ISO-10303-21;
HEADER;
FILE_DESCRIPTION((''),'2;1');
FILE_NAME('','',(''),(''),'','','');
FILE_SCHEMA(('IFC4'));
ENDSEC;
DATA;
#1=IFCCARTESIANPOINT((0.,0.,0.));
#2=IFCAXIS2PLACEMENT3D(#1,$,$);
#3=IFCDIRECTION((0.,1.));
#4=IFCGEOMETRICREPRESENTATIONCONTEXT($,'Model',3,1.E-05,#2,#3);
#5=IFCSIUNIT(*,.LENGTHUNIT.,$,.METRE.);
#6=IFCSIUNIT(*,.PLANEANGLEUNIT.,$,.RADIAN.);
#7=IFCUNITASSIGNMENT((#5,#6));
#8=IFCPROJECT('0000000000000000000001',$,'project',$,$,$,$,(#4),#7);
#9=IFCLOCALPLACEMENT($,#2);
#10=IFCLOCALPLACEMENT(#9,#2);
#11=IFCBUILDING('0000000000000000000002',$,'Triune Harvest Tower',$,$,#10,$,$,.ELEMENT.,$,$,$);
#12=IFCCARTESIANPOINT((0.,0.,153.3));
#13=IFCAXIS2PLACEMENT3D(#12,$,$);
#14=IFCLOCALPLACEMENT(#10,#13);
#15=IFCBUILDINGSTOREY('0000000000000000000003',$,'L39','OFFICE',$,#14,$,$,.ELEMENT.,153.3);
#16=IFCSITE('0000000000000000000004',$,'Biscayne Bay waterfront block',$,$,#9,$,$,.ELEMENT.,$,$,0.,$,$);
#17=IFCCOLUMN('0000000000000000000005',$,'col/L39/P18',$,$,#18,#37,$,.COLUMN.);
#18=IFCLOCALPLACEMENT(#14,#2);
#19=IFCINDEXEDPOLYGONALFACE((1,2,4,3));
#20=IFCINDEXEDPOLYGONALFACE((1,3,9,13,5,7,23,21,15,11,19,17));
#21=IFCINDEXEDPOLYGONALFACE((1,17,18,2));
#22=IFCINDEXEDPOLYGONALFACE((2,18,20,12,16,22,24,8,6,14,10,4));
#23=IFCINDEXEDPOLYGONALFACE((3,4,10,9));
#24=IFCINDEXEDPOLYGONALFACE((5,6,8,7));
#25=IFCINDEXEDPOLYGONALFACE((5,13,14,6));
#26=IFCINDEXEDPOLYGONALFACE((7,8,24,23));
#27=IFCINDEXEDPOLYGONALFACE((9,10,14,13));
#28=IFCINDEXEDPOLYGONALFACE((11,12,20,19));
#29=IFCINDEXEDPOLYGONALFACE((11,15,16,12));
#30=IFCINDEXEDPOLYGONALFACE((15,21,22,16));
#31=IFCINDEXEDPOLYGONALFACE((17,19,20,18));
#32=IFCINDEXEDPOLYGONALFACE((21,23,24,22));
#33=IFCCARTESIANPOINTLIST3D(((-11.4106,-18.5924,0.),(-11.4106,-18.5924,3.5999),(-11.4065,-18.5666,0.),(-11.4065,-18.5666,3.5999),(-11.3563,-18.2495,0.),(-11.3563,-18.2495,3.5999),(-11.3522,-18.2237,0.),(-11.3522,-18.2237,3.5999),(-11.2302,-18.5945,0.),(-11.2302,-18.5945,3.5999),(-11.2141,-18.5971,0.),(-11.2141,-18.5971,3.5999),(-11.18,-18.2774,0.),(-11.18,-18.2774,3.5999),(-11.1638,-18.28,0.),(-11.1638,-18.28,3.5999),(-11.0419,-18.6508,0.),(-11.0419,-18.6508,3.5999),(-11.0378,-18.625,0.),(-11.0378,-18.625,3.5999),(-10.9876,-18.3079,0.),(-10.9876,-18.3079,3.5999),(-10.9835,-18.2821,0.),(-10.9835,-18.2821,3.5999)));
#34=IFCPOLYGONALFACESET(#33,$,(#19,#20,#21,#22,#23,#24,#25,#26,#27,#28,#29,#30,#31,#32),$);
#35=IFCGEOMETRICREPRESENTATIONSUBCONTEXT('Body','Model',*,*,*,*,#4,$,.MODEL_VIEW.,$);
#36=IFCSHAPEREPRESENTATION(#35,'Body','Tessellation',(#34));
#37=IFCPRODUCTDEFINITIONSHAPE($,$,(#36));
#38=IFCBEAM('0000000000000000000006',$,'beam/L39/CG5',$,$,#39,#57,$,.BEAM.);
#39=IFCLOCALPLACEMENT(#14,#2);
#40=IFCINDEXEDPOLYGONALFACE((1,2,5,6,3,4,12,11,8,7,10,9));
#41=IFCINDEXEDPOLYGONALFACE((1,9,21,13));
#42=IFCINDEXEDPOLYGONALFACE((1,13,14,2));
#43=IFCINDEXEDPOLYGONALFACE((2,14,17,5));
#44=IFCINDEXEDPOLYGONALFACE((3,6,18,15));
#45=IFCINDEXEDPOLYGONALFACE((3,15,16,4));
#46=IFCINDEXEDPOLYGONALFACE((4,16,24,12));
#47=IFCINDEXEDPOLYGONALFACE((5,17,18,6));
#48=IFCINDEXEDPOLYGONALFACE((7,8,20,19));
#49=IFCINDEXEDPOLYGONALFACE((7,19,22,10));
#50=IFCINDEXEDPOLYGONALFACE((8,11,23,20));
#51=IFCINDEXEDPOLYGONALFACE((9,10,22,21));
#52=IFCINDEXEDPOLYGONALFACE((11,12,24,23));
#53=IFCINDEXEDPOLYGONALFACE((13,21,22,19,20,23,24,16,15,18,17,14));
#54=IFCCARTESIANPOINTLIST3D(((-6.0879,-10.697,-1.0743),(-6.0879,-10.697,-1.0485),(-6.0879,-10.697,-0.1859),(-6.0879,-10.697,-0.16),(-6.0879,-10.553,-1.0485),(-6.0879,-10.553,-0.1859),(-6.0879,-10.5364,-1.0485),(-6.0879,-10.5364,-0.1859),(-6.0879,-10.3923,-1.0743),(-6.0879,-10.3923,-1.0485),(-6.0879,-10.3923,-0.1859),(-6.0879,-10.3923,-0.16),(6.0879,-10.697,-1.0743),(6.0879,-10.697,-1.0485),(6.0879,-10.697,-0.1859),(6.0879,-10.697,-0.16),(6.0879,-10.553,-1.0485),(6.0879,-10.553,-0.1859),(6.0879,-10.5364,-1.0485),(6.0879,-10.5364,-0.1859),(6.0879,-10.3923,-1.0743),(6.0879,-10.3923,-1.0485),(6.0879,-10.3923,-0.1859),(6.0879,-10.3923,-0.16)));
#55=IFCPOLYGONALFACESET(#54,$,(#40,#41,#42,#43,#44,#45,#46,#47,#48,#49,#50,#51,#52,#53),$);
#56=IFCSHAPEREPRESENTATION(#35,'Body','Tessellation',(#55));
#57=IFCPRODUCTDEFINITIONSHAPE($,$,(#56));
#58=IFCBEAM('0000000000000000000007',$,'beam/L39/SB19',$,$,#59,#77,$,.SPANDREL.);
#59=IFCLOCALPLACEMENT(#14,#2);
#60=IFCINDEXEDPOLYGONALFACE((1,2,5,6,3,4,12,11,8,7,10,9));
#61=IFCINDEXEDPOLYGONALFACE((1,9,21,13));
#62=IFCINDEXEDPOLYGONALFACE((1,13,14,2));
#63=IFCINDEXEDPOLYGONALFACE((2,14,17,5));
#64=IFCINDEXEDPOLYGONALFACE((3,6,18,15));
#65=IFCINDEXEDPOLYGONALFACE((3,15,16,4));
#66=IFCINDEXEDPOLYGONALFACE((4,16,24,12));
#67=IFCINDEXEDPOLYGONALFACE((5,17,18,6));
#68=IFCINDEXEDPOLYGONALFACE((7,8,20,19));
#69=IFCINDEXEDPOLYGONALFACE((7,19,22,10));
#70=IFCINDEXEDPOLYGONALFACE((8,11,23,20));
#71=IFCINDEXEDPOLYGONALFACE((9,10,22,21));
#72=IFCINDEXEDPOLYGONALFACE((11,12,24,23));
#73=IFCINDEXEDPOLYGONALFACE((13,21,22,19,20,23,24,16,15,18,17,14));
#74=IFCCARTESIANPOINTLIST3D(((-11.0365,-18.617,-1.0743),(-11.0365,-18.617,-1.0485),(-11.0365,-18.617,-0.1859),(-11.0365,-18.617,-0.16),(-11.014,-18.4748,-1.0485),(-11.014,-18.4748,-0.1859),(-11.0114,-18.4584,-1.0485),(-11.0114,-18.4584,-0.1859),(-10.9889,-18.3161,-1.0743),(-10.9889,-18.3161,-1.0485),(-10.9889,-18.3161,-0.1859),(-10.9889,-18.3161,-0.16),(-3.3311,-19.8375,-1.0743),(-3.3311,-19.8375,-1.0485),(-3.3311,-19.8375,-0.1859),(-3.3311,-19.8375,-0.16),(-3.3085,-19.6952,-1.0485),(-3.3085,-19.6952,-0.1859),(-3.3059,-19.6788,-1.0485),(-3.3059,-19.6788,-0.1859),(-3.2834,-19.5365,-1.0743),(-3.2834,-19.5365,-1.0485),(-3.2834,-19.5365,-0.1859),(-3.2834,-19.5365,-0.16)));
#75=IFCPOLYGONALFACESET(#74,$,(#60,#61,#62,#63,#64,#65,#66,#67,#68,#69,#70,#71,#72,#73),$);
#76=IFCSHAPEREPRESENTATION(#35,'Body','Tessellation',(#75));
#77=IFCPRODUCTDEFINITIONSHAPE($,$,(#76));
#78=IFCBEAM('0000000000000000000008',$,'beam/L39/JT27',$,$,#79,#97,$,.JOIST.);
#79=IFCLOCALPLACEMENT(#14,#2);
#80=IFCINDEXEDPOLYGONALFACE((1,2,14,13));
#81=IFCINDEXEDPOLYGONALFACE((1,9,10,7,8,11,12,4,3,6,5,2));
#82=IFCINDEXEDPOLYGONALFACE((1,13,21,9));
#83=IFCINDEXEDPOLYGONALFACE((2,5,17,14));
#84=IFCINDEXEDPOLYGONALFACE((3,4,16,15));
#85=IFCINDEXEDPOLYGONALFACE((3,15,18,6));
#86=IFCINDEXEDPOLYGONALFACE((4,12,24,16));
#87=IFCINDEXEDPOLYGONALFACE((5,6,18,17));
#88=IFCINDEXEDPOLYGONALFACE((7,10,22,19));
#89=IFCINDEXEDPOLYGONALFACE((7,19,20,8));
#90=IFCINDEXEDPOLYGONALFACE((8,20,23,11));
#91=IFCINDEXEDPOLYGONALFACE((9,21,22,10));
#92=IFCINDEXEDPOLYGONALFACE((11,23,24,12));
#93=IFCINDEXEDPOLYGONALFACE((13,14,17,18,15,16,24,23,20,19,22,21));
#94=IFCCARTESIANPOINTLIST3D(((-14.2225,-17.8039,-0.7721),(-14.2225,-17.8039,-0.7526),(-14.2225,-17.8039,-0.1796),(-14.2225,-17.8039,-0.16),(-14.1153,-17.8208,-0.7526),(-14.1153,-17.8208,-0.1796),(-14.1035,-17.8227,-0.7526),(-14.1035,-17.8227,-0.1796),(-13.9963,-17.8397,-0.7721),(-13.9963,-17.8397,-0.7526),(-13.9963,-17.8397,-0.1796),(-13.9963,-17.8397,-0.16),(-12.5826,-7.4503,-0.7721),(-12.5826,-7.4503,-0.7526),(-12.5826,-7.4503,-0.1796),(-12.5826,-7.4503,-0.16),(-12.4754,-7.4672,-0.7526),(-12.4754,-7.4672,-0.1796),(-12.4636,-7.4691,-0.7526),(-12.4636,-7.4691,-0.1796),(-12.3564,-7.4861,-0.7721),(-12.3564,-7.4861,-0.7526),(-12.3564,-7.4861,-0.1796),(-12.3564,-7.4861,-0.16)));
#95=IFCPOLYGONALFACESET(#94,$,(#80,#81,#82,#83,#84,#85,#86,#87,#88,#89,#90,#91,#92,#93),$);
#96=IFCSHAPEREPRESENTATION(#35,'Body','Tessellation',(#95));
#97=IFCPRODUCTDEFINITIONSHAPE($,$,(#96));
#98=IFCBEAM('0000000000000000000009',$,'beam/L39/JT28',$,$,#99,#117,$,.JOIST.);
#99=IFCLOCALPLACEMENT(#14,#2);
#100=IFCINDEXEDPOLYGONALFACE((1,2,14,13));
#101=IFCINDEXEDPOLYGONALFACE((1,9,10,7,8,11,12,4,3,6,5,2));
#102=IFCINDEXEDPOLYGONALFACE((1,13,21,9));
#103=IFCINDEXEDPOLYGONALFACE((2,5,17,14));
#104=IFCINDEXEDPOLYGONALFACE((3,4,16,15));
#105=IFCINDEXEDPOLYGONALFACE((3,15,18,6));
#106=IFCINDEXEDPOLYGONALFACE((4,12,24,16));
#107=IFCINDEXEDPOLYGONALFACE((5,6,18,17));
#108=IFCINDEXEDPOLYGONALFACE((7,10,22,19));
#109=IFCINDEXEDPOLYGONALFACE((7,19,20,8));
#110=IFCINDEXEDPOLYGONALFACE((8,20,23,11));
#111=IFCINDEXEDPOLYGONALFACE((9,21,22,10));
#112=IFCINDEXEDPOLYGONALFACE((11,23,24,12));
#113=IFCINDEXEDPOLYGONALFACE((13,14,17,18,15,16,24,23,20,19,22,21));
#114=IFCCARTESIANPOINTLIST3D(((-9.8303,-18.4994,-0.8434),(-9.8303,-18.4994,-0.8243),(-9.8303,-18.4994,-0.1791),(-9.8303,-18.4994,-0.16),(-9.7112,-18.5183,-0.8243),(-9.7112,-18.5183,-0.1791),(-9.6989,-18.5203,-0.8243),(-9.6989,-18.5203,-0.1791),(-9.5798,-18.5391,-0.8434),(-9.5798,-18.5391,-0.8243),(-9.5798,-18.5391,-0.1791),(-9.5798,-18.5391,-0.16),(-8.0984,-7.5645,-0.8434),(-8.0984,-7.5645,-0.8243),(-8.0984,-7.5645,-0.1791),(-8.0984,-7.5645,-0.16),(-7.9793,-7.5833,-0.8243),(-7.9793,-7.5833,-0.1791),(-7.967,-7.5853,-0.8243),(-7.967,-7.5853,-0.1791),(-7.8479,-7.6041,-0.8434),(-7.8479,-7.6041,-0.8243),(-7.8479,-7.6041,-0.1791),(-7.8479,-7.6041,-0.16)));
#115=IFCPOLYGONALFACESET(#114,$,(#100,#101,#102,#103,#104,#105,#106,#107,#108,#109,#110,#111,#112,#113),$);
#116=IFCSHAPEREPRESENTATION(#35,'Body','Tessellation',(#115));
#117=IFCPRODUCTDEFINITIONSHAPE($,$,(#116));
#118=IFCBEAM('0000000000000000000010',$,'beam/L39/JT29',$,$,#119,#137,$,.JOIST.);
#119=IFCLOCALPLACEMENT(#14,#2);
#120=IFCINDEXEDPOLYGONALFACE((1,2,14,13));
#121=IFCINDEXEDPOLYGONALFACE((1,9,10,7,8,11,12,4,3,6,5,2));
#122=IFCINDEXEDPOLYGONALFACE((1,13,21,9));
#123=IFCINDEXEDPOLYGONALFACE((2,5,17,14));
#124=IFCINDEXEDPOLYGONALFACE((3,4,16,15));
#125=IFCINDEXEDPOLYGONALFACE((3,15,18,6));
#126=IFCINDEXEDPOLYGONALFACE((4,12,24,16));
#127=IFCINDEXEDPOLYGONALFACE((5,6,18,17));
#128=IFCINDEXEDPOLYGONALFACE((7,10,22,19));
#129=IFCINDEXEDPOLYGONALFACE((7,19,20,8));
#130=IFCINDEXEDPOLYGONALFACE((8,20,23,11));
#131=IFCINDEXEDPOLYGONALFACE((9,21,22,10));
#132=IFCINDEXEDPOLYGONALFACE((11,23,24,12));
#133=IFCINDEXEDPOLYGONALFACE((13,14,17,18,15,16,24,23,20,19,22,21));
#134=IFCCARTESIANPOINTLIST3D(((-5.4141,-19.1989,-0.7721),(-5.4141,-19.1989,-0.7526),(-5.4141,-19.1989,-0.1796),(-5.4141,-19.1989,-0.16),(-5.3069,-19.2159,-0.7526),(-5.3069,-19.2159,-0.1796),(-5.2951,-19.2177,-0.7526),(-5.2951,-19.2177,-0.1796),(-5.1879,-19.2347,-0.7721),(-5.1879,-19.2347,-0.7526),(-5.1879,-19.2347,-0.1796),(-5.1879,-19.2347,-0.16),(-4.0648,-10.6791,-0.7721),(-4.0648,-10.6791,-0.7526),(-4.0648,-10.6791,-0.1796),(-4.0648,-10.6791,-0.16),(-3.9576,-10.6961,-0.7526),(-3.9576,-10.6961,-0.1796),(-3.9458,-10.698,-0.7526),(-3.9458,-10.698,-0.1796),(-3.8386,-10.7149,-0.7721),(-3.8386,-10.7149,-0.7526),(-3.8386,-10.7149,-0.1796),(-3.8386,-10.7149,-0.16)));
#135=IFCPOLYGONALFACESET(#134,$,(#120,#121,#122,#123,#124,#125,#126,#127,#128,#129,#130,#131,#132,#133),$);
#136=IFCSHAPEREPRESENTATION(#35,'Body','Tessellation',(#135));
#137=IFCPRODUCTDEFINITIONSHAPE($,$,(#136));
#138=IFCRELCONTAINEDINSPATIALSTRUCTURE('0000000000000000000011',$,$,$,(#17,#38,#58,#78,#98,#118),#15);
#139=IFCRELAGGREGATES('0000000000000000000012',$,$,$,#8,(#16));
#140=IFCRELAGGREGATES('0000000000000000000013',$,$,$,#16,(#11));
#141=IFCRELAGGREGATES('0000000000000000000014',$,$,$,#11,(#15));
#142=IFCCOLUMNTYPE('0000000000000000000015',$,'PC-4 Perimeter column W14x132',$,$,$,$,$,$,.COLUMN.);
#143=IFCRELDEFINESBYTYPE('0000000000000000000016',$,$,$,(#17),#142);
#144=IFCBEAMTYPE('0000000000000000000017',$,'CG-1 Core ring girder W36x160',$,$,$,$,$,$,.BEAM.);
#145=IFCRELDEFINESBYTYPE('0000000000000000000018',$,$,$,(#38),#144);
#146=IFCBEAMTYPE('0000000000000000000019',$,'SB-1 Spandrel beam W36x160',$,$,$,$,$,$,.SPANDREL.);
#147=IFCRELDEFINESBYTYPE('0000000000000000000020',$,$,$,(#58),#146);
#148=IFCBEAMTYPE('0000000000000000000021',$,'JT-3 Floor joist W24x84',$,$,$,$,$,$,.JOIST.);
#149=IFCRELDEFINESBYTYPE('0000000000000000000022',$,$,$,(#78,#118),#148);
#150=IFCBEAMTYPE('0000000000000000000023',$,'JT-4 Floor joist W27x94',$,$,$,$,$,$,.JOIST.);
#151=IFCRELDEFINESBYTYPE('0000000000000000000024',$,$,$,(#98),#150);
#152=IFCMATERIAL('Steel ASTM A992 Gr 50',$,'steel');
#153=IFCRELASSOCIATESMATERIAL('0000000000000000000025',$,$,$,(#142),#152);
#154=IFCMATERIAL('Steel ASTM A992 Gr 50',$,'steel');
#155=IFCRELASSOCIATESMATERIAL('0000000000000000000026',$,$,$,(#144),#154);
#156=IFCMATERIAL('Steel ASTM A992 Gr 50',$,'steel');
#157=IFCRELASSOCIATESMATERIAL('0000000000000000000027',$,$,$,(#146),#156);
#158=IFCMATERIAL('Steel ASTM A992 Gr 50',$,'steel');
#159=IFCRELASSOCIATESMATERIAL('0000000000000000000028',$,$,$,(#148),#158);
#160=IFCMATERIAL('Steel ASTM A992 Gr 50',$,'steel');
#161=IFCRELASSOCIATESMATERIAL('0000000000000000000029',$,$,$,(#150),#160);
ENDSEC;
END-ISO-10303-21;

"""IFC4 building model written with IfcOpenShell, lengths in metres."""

from ifc_helpers import new_model, si_unit, direction, frame, origin, origin_2d, place, context, subcontext, project, spatial, i_section, extrude, source, transform, mapped, material, material_profile, profile_set, type_object, element, save


model = new_model("IFC4")

# Units and contexts
model_context = context("Model", 3, precision=1e-05, world=origin(), true_north=direction((0.0, 1.0)))
body_context = subcontext(model_context, "Body", "Model", "MODEL_VIEW")
ifc_project = project(units=[si_unit("LENGTHUNIT", "METRE"), si_unit("PLANEANGLEUNIT", "RADIAN")], contexts=[model_context])

# Site, building, storey
site_placement = place(None, origin())
site = spatial("IfcSite", under=ifc_project, at=site_placement, Name="Biscayne Bay waterfront block", CompositionType="ELEMENT", RefElevation=0.0)
building_placement = place(site_placement, origin())
building = spatial("IfcBuilding", under=site, at=building_placement, Name="Triune Harvest Tower", CompositionType="ELEMENT")
storey_placement = place(building_placement, frame((0.0, 0.0, 153.3)))
storey = spatial("IfcBuildingStorey", under=building, at=storey_placement, Name="L39", Description="OFFICE", CompositionType="ELEMENT", Elevation=153.3)

# Column
ifc_material_1 = material(Name="Steel ASTM A992 Gr 50", Category="steel")
ifc_material_profile_1 = material_profile(ifc_material_1, i_section(OverallWidth=0.3733, OverallDepth=0.3733, WebThickness=0.0164, FlangeThickness=0.0261, at=origin_2d()), Name="W14x132")
ifc_profile_set_1 = profile_set([ifc_material_profile_1], Name="Steel ASTM A992 Gr 50")
column_type = type_object("IfcColumnType", Name="PC-4 Perimeter column W14x132", PredefinedType="COLUMN", material=ifc_profile_set_1)
shared_shape_1 = source(origin(), body_context, "Body", "SweptSolid", [
    extrude(i_section(OverallWidth=0.3733, OverallDepth=0.3733, WebThickness=0.0164, FlangeThickness=0.0261, at=origin_2d()), origin(), (0.0, 0.0, 1.0), 3.5999),
])
column_placement = place(storey_placement, frame((-11.197, -18.4373, 0.0), z_axis=(0.0, 0.0, 1.0), x_axis=(0.987688, -0.156434, 0.0)))
element("IfcColumn", 1, at=column_placement, inside=storey, type_object=column_type, Name="col/L39/P18", PredefinedType="COLUMN", context=body_context, shape_type="MappedRepresentation", body=[
    mapped(shared_shape_1, transform((0.0, 0.0, 0.0), scale=1.0)),
])

# Beams
ifc_material_2 = material(Name="Steel ASTM A992 Gr 50", Category="steel")
ifc_material_profile_2 = material_profile(ifc_material_2, i_section(OverallWidth=0.3047, OverallDepth=0.9143, WebThickness=0.0166, FlangeThickness=0.0259, at=origin_2d()), Name="W36x160")
ifc_profile_set_2 = profile_set([ifc_material_profile_2], Name="Steel ASTM A992 Gr 50")
beam_type_1 = type_object("IfcBeamType", Name="CG-1 Core ring girder W36x160", PredefinedType="BEAM", material=ifc_profile_set_2)
shared_shape_2 = source(origin(), body_context, "Body", "SweptSolid", [
    extrude(i_section(OverallWidth=0.3047, OverallDepth=0.9143, WebThickness=0.0166, FlangeThickness=0.0259, at=origin_2d()), origin(), (0.0, 0.0, 1.0), 12.1758),
])
beam_1_placement = place(storey_placement, frame((-6.0879, -10.5447, -0.6172), z_axis=(1.0, 0.0, 0.0), x_axis=(0.0, 1.0, 0.0)))
element("IfcBeam", 2, at=beam_1_placement, inside=storey, type_object=beam_type_1, Name="beam/L39/CG5", PredefinedType="BEAM", context=body_context, shape_type="MappedRepresentation", body=[
    mapped(shared_shape_2, transform((0.0, 0.0, 0.0), scale=1.0)),
])
ifc_material_3 = material(Name="Steel ASTM A992 Gr 50", Category="steel")
ifc_material_profile_3 = material_profile(ifc_material_3, i_section(OverallWidth=0.3047, OverallDepth=0.9143, WebThickness=0.0166, FlangeThickness=0.0259, at=origin_2d()), Name="W36x160")
ifc_profile_set_3 = profile_set([ifc_material_profile_3], Name="Steel ASTM A992 Gr 50")
beam_type_2 = type_object("IfcBeamType", Name="SB-1 Spandrel beam W36x160", PredefinedType="SPANDREL", material=ifc_profile_set_3)
shared_shape_3 = source(origin(), body_context, "Body", "SweptSolid", [
    extrude(i_section(OverallWidth=0.3047, OverallDepth=0.9143, WebThickness=0.0166, FlangeThickness=0.0259, at=origin_2d()), origin(), (0.0, 0.0, 1.0), 7.8015),
])
beam_2_placement = place(storey_placement, frame((-11.0127, -18.4666, -0.6172), z_axis=(0.987688, -0.156437, 0.0), x_axis=(0.156437, 0.987688, 0.0)))
element("IfcBeam", 3, at=beam_2_placement, inside=storey, type_object=beam_type_2, Name="beam/L39/SB19", PredefinedType="SPANDREL", context=body_context, shape_type="MappedRepresentation", body=[
    mapped(shared_shape_3, transform((0.0, 0.0, 0.0), scale=1.0)),
])
ifc_material_4 = material(Name="Steel ASTM A992 Gr 50", Category="steel")
ifc_material_profile_4 = material_profile(ifc_material_4, i_section(OverallWidth=0.229, OverallDepth=0.6121, WebThickness=0.012, FlangeThickness=0.0195, at=origin_2d()), Name="W24x84")
ifc_profile_set_4 = profile_set([ifc_material_profile_4], Name="Steel ASTM A992 Gr 50")
beam_type_3 = type_object("IfcBeamType", Name="JT-3 Floor joist W24x84", PredefinedType="JOIST", material=ifc_profile_set_4)
shared_shape_4 = source(origin(), body_context, "Body", "SweptSolid", [
    extrude(i_section(OverallWidth=0.229, OverallDepth=0.6121, WebThickness=0.012, FlangeThickness=0.0195, at=origin_2d()), origin(), (0.0, 0.0, 1.0), 10.4827),
])
beam_3_placement = place(storey_placement, frame((-14.1094, -17.8218, -0.4661), z_axis=(0.15644, 0.987688, 0.0), x_axis=(-0.987688, 0.15644, 0.0)))
element("IfcBeam", 4, at=beam_3_placement, inside=storey, type_object=beam_type_3, Name="beam/L39/JT27", PredefinedType="JOIST", context=body_context, shape_type="MappedRepresentation", body=[
    mapped(shared_shape_4, transform((0.0, 0.0, 0.0), scale=1.0)),
])
ifc_material_5 = material(Name="Steel ASTM A992 Gr 50", Category="steel")
ifc_material_profile_5 = material_profile(ifc_material_5, i_section(OverallWidth=0.2537, OverallDepth=0.6833, WebThickness=0.0125, FlangeThickness=0.019, at=origin_2d()), Name="W27x94")
ifc_profile_set_5 = profile_set([ifc_material_profile_5], Name="Steel ASTM A992 Gr 50")
beam_type_4 = type_object("IfcBeamType", Name="JT-4 Floor joist W27x94", PredefinedType="JOIST", material=ifc_profile_set_5)
shared_shape_5 = source(origin(), body_context, "Body", "SweptSolid", [
    extrude(i_section(OverallWidth=0.2537, OverallDepth=0.6833, WebThickness=0.0125, FlangeThickness=0.019, at=origin_2d()), origin(), (0.0, 0.0, 1.0), 11.0713),
])
beam_4_placement = place(storey_placement, frame((-9.7051, -18.5193, -0.5017), z_axis=(0.156434, 0.987688, 0.0), x_axis=(-0.987688, 0.156434, 0.0)))
element("IfcBeam", 5, at=beam_4_placement, inside=storey, type_object=beam_type_4, Name="beam/L39/JT28", PredefinedType="JOIST", context=body_context, shape_type="MappedRepresentation", body=[
    mapped(shared_shape_5, transform((0.0, 0.0, 0.0), scale=1.0)),
])
shared_shape_6 = source(origin(), body_context, "Body", "SweptSolid", [
    extrude(i_section(OverallWidth=0.229, OverallDepth=0.6121, WebThickness=0.012, FlangeThickness=0.0195, at=origin_2d()), origin(), (0.0, 0.0, 1.0), 8.626),
])
beam_5_placement = place(storey_placement, frame((-5.301, -19.2168, -0.4661), z_axis=(0.156431, 0.987689, 0.0), x_axis=(-0.987689, 0.156431, 0.0)))
element("IfcBeam", 6, at=beam_5_placement, inside=storey, type_object=beam_type_3, Name="beam/L39/JT29", PredefinedType="JOIST", context=body_context, shape_type="MappedRepresentation", body=[
    mapped(shared_shape_6, transform((0.0, 0.0, 0.0), scale=1.0)),
])

save(model, "model.ifc")
